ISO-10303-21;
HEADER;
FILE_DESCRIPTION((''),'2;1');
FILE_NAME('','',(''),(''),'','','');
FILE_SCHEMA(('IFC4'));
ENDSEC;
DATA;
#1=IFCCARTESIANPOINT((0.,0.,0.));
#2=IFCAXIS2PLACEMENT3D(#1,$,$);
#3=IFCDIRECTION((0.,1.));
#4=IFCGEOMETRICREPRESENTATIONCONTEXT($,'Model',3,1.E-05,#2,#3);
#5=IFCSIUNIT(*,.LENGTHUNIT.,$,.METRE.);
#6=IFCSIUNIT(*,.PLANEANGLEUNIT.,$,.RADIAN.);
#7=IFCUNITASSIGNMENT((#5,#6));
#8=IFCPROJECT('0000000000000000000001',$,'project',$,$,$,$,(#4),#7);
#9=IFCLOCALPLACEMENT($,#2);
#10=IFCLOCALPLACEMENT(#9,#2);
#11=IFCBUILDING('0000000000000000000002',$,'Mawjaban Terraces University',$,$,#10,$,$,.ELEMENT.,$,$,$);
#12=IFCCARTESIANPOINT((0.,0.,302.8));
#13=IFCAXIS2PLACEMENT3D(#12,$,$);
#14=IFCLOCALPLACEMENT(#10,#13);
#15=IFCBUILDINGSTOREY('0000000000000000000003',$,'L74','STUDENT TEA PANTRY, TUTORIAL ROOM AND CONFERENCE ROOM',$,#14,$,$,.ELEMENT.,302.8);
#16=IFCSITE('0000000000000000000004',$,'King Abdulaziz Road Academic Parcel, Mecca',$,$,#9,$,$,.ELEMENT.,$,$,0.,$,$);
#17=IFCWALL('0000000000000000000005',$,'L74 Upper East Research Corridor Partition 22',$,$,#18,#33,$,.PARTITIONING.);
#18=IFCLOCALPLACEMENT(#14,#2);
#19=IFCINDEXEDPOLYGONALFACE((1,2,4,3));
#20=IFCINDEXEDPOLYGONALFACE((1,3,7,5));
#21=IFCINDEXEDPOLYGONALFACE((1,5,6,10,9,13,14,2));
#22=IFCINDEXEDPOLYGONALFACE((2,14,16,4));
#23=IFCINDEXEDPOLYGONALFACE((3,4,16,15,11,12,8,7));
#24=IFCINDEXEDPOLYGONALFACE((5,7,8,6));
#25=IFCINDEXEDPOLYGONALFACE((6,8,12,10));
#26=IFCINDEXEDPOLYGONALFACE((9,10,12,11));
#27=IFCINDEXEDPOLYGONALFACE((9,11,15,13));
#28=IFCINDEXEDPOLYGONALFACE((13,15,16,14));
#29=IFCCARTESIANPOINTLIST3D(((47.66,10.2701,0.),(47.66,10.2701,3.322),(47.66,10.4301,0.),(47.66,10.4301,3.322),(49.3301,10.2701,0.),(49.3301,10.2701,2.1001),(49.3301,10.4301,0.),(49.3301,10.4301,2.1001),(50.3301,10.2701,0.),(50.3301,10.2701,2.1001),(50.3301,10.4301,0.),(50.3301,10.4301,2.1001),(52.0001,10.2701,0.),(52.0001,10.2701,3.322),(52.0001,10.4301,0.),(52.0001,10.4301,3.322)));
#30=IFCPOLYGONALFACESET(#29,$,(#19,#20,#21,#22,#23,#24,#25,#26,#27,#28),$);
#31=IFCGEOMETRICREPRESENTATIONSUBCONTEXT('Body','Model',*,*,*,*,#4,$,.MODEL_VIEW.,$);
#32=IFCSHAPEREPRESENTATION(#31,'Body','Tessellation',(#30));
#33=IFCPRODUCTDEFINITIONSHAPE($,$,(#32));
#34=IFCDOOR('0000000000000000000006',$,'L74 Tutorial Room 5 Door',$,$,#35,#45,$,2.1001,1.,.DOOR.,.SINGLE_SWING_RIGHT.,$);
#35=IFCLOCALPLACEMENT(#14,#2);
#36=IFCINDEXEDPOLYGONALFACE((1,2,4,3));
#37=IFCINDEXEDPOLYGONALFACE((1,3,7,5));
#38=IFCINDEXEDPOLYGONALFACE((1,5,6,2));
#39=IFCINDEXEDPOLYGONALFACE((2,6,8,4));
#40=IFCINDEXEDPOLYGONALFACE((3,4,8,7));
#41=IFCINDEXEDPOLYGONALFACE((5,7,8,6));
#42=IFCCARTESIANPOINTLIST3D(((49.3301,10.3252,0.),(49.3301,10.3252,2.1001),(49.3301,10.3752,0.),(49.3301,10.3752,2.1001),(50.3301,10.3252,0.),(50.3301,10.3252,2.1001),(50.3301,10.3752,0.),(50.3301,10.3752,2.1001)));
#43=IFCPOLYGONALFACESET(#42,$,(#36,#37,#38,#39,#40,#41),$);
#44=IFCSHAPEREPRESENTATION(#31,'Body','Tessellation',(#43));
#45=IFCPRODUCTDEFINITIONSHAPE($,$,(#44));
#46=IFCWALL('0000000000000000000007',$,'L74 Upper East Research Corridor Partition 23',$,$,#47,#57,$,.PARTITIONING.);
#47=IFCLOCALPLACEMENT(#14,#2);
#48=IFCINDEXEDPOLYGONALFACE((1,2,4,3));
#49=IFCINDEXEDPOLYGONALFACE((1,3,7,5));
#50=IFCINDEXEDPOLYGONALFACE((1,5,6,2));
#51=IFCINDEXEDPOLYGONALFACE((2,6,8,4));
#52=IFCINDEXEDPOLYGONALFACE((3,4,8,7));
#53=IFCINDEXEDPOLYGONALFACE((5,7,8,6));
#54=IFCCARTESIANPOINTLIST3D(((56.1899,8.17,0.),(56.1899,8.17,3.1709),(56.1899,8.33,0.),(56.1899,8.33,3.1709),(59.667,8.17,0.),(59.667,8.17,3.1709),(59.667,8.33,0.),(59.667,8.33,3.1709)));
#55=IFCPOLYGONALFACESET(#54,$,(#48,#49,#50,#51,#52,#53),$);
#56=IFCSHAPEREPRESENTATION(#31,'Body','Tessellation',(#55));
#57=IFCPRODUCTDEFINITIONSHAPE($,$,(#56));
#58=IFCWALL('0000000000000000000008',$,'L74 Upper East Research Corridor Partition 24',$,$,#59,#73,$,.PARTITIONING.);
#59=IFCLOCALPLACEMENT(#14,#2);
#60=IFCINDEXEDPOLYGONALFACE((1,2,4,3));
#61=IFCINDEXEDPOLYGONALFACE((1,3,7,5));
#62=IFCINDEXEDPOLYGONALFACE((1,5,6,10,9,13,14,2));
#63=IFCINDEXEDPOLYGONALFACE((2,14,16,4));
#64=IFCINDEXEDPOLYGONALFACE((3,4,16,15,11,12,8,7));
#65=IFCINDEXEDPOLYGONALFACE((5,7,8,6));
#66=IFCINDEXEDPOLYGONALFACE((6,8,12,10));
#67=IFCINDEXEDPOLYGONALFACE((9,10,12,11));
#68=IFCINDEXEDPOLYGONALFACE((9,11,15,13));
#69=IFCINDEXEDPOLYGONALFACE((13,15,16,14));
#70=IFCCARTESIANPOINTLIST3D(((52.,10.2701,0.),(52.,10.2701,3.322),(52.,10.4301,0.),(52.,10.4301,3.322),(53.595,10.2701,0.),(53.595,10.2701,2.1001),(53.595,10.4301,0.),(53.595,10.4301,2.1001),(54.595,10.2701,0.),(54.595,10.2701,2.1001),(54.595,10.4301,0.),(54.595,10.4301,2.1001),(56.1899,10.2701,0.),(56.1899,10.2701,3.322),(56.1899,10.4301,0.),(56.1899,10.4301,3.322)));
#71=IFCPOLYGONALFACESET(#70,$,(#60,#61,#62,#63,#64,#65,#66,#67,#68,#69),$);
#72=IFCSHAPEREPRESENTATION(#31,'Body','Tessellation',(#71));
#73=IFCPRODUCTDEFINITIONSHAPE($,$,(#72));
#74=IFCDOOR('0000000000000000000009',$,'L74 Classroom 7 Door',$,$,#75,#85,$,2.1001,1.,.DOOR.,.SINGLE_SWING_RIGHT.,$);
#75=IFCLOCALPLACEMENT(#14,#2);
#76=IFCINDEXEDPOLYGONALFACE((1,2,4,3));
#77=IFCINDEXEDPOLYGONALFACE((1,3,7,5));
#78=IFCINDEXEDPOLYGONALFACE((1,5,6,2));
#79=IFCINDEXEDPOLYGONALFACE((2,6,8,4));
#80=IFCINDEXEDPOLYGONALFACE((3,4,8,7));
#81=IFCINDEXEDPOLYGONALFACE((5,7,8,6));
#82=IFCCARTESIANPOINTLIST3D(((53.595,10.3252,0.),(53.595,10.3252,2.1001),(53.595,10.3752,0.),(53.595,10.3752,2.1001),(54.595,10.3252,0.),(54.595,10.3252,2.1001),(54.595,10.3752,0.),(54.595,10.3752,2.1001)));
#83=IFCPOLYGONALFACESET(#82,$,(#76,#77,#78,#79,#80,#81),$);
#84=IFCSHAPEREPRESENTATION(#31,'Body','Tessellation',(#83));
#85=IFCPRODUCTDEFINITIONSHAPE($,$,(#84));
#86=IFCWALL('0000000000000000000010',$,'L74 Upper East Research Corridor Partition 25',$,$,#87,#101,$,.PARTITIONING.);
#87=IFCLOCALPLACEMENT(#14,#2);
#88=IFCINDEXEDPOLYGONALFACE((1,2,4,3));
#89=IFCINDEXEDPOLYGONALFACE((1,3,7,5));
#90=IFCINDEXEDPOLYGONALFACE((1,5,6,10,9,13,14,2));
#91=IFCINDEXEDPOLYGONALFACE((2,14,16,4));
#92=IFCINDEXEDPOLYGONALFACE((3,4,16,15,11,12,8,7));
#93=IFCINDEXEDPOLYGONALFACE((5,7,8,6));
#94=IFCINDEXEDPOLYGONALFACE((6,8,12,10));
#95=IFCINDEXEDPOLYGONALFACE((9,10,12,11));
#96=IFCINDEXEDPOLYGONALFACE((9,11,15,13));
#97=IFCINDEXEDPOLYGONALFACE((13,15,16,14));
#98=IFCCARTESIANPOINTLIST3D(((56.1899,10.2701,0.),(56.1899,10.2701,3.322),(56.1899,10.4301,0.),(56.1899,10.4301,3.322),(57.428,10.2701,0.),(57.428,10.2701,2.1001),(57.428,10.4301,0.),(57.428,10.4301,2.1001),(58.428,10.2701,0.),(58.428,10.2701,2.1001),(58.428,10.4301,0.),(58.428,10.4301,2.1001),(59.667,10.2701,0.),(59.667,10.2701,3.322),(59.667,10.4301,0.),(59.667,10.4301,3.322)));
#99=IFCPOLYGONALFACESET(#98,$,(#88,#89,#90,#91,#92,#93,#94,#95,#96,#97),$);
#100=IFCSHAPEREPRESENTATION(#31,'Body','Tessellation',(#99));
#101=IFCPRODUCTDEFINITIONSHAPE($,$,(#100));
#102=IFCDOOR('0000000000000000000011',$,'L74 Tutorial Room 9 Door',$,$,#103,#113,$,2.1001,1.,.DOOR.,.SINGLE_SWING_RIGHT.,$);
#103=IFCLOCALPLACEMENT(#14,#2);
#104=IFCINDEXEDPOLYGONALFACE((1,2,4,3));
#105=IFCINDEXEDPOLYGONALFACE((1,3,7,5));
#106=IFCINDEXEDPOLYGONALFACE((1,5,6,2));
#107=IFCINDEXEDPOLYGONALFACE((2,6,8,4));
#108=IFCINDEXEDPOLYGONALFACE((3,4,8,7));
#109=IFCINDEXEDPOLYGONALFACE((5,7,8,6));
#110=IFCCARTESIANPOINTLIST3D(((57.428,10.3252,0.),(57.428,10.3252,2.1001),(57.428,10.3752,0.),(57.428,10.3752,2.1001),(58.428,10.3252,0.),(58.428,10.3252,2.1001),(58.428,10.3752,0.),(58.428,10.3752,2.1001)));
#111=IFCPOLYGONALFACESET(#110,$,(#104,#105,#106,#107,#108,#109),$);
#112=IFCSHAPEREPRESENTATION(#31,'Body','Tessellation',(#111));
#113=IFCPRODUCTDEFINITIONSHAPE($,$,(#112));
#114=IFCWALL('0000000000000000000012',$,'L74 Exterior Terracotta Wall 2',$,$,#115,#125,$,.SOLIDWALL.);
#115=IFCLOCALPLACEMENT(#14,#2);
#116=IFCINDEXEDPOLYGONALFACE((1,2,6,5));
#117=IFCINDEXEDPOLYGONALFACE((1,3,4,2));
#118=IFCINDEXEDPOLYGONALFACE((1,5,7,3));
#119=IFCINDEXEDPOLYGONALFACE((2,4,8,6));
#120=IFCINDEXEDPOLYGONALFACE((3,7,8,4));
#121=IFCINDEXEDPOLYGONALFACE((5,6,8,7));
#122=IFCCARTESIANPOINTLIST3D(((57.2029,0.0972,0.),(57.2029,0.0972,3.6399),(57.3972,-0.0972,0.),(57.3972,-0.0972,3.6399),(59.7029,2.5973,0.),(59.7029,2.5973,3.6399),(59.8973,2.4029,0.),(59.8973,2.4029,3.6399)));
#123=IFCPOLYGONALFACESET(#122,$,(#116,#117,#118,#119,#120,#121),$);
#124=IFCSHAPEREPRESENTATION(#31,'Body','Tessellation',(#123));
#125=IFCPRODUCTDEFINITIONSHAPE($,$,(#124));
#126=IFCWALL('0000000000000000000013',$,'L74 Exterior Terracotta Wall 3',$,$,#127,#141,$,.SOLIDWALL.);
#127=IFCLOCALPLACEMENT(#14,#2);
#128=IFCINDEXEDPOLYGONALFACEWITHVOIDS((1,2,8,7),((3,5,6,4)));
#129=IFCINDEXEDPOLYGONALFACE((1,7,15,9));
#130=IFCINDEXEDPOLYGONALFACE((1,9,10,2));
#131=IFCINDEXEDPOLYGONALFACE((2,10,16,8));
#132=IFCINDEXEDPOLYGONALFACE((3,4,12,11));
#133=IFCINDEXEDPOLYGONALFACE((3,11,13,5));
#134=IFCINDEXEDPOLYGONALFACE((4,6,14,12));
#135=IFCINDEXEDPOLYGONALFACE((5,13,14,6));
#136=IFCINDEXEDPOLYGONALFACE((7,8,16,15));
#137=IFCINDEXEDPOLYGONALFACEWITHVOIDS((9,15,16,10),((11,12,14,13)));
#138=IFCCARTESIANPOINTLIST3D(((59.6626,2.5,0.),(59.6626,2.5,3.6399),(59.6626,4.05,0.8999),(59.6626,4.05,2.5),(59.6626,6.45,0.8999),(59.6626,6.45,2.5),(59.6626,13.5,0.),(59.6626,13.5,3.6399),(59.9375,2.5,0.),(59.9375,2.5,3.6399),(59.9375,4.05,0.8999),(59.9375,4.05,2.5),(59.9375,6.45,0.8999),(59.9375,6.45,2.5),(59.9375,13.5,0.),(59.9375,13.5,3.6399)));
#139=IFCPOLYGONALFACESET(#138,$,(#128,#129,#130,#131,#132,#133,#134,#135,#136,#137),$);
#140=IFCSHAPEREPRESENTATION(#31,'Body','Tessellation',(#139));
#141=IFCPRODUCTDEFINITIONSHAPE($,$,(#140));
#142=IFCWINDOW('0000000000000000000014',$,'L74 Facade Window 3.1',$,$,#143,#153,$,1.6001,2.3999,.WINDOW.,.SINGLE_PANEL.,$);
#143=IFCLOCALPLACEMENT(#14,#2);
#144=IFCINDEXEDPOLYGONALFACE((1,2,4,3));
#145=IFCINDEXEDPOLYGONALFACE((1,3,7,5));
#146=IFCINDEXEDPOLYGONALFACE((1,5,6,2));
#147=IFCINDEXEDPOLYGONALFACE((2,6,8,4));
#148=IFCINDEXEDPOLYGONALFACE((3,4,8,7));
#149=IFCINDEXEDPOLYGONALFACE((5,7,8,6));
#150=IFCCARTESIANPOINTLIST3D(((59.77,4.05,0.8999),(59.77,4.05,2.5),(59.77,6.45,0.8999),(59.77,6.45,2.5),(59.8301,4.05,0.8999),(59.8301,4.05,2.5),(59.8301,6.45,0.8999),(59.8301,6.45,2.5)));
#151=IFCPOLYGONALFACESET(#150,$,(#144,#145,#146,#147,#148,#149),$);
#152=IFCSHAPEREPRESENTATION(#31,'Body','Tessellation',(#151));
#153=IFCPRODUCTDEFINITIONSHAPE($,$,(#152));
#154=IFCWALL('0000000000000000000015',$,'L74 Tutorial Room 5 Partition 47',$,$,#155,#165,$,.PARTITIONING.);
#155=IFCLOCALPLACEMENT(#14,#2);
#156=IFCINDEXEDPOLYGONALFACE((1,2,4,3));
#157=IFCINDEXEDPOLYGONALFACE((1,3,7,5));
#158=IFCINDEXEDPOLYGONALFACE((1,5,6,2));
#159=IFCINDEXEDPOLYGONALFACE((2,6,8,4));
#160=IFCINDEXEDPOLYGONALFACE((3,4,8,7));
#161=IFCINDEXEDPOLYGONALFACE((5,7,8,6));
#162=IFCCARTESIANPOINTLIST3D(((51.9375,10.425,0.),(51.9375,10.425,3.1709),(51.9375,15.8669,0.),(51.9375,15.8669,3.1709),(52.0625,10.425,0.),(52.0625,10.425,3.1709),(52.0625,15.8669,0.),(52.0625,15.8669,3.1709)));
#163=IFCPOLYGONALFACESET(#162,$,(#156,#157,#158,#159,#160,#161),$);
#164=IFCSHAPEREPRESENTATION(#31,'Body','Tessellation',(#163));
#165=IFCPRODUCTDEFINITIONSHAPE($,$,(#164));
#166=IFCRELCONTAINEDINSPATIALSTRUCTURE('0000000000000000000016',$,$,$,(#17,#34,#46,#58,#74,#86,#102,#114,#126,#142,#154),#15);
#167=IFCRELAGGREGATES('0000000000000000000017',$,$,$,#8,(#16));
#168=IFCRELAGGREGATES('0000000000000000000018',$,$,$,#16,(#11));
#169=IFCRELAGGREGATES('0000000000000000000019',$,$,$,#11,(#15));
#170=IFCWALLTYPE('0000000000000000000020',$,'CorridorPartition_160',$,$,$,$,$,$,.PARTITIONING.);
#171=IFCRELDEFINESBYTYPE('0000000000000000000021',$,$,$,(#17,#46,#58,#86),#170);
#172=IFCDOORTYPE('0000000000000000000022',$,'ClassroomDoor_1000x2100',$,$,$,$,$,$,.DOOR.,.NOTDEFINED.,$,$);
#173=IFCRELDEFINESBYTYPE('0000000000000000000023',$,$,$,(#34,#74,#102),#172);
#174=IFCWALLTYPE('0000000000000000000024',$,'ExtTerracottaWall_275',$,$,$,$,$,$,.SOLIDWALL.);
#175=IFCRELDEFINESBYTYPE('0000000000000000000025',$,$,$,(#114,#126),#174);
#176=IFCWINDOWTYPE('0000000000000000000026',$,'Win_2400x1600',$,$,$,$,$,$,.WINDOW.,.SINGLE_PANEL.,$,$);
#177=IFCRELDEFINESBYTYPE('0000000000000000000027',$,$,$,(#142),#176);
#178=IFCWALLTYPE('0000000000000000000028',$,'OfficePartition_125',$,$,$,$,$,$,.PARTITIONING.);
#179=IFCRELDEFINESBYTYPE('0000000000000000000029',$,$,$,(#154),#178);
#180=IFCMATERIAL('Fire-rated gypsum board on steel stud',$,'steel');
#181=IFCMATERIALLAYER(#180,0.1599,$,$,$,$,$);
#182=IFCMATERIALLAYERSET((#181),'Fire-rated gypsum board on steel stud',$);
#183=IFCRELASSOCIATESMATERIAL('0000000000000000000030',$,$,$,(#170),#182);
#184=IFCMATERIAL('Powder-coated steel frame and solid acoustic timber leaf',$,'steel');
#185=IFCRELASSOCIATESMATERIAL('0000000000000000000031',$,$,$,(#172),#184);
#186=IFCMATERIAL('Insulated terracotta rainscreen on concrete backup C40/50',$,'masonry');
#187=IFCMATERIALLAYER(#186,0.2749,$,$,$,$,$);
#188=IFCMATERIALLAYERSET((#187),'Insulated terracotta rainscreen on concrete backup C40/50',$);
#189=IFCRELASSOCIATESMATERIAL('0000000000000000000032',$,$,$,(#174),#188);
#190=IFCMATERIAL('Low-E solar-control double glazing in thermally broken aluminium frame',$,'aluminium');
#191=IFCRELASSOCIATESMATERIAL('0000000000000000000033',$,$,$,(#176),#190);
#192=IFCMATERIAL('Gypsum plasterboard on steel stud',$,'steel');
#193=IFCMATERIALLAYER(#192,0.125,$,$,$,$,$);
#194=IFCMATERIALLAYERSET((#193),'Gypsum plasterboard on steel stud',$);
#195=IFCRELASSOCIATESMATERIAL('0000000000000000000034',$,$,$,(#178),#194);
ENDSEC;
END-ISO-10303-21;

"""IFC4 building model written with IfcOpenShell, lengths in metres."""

from ifc_helpers import new_model, si_unit, direction, frame, frame_2d, origin, place, context, subcontext, project, spatial, rectangle, extrude, material, layer, layer_set, type_object, element, fill, save


model = new_model("IFC4")

# Units and contexts
model_context = context("Model", 3, precision=1e-05, world=origin(), true_north=direction((0.0, 1.0)))
body_context = subcontext(model_context, "Body", "Model", "MODEL_VIEW")
ifc_project = project(units=[si_unit("LENGTHUNIT", "METRE"), si_unit("PLANEANGLEUNIT", "RADIAN")], contexts=[model_context])

# Site, building, storey
site_placement = place(None, origin())
site = spatial("IfcSite", under=ifc_project, at=site_placement, Name="King Abdulaziz Road Academic Parcel, Mecca", CompositionType="ELEMENT", RefElevation=0.0)
building_placement = place(site_placement, origin())
building = spatial("IfcBuilding", under=site, at=building_placement, Name="Mawjaban Terraces University", CompositionType="ELEMENT")
storey_placement = place(building_placement, frame((0.0, 0.0, 302.8)))
storey = spatial("IfcBuildingStorey", under=building, at=storey_placement, Name="L74", Description="STUDENT TEA PANTRY, TUTORIAL ROOM AND CONFERENCE ROOM", CompositionType="ELEMENT", Elevation=302.8)

# Wall, opening, door
ifc_material_1 = material(Name="Fire-rated gypsum board on steel stud", Category="steel")
ifc_layer_1 = layer(ifc_material_1, 0.1599)
ifc_layer_set_1 = layer_set([ifc_layer_1], Name="Fire-rated gypsum board on steel stud")
wall_type_1 = type_object("IfcWallType", Name="CorridorPartition_160", PredefinedType="PARTITIONING", material=ifc_layer_set_1)
ifc_material_2 = material(Name="Powder-coated steel frame and solid acoustic timber leaf", Category="steel")
wall_1_placement = place(storey_placement, frame((52.0, 10.3501, 0.0), z_axis=(0.0, 0.0, 1.0), x_axis=(-1.0, 0.0, 0.0)))
wall_1 = element("IfcWall", 1, at=wall_1_placement, inside=storey, type_object=wall_type_1, Name="L74 Upper East Research Corridor Partition 22", PredefinedType="PARTITIONING", context=body_context, shape_type="SweptSolid", body=[
    extrude(rectangle(XDim=4.3401, YDim=0.1599, at=frame_2d((2.1699, 0.0))), origin(), (0.0, 0.0, 1.0), 3.322),
])
opening_1_placement = place(wall_1_placement, frame((1.6699, 0.0, 0.0)))
opening_1 = element("IfcOpeningElement", 2, at=opening_1_placement, cuts=wall_1, PredefinedType="OPENING", context=body_context, shape_type="SweptSolid", body=[
    extrude(rectangle(XDim=1.0, YDim=2.1001, at=frame_2d((0.5, 1.05))), frame((0.0, 0.0898, 0.0), z_axis=(0.0, -1.0, 0.0), x_axis=(1.0, 0.0, 0.0)), (0.0, 0.0, 1.0), 0.1799),
])
door_type_1 = type_object("IfcDoorType", Name="ClassroomDoor_1000x2100", OperationType="NOTDEFINED", PredefinedType="DOOR", material=ifc_material_2)
door_1_placement = place(opening_1_placement, origin())
door_1 = element("IfcDoor", 3, at=door_1_placement, inside=storey, type_object=door_type_1, Name="L74 Tutorial Room 5 Door", OperationType="SINGLE_SWING_RIGHT", OverallHeight=2.1001, OverallWidth=1.0, PredefinedType="DOOR", context=body_context, shape_type="SweptSolid", body=[
    extrude(rectangle(XDim=1.0, YDim=2.1001, at=frame_2d((0.5, 1.05))), frame((0.0, 0.0249, 0.0), z_axis=(0.0, -1.0, 0.0), x_axis=(1.0, 0.0, 0.0)), (0.0, 0.0, 1.0), 0.05),
])
fill(opening_1, door_1)

# Wall
wall_2_placement = place(storey_placement, frame((56.1899, 8.25, 0.0), z_axis=(0.0, 0.0, 1.0), x_axis=(1.0, 0.0, 0.0)))
element("IfcWall", 4, at=wall_2_placement, inside=storey, type_object=wall_type_1, Name="L74 Upper East Research Corridor Partition 23", PredefinedType="PARTITIONING", context=body_context, shape_type="SweptSolid", body=[
    extrude(rectangle(XDim=3.4771, YDim=0.1599, at=frame_2d((1.7385, 0.0))), origin(), (0.0, 0.0, 1.0), 3.1709),
])

# Walls, openings, doors
wall_3_placement = place(storey_placement, frame((56.1899, 10.3501, 0.0), z_axis=(0.0, 0.0, 1.0), x_axis=(-1.0, 0.0, 0.0)))
wall_3 = element("IfcWall", 5, at=wall_3_placement, inside=storey, type_object=wall_type_1, Name="L74 Upper East Research Corridor Partition 24", PredefinedType="PARTITIONING", context=body_context, shape_type="SweptSolid", body=[
    extrude(rectangle(XDim=4.1899, YDim=0.1599, at=frame_2d((2.095, 0.0))), origin(), (0.0, 0.0, 1.0), 3.322),
])
opening_2_placement = place(wall_3_placement, frame((1.595, 0.0, 0.0)))
opening_2 = element("IfcOpeningElement", 6, at=opening_2_placement, cuts=wall_3, PredefinedType="OPENING", context=body_context, shape_type="SweptSolid", body=[
    extrude(rectangle(XDim=1.0, YDim=2.1001, at=frame_2d((0.5, 1.05))), frame((0.0, 0.0898, 0.0), z_axis=(0.0, -1.0, 0.0), x_axis=(1.0, 0.0, 0.0)), (0.0, 0.0, 1.0), 0.1799),
])
door_2_placement = place(opening_2_placement, origin())
door_2 = element("IfcDoor", 7, at=door_2_placement, inside=storey, type_object=door_type_1, Name="L74 Classroom 7 Door", OperationType="SINGLE_SWING_RIGHT", OverallHeight=2.1001, OverallWidth=1.0, PredefinedType="DOOR", context=body_context, shape_type="SweptSolid", body=[
    extrude(rectangle(XDim=1.0, YDim=2.1001, at=frame_2d((0.5, 1.05))), frame((0.0, 0.0249, 0.0), z_axis=(0.0, -1.0, 0.0), x_axis=(1.0, 0.0, 0.0)), (0.0, 0.0, 1.0), 0.05),
])
fill(opening_2, door_2)
wall_4_placement = place(storey_placement, frame((59.667, 10.3501, 0.0), z_axis=(0.0, 0.0, 1.0), x_axis=(-1.0, 0.0, 0.0)))
wall_4 = element("IfcWall", 8, at=wall_4_placement, inside=storey, type_object=wall_type_1, Name="L74 Upper East Research Corridor Partition 25", PredefinedType="PARTITIONING", context=body_context, shape_type="SweptSolid", body=[
    extrude(rectangle(XDim=3.4771, YDim=0.1599, at=frame_2d((1.7385, 0.0))), origin(), (0.0, 0.0, 1.0), 3.322),
])
opening_3_placement = place(wall_4_placement, frame((1.239, 0.0, 0.0)))
opening_3 = element("IfcOpeningElement", 9, at=opening_3_placement, cuts=wall_4, PredefinedType="OPENING", context=body_context, shape_type="SweptSolid", body=[
    extrude(rectangle(XDim=1.0, YDim=2.1001, at=frame_2d((0.5, 1.05))), frame((0.0, 0.0898, 0.0), z_axis=(0.0, -1.0, 0.0), x_axis=(1.0, 0.0, 0.0)), (0.0, 0.0, 1.0), 0.1799),
])
door_3_placement = place(opening_3_placement, origin())
door_3 = element("IfcDoor", 10, at=door_3_placement, inside=storey, type_object=door_type_1, Name="L74 Tutorial Room 9 Door", OperationType="SINGLE_SWING_RIGHT", OverallHeight=2.1001, OverallWidth=1.0, PredefinedType="DOOR", context=body_context, shape_type="SweptSolid", body=[
    extrude(rectangle(XDim=1.0, YDim=2.1001, at=frame_2d((0.5, 1.05))), frame((0.0, 0.0249, 0.0), z_axis=(0.0, -1.0, 0.0), x_axis=(1.0, 0.0, 0.0)), (0.0, 0.0, 1.0), 0.05),
])
fill(opening_3, door_3)

# Wall
ifc_material_3 = material(Name="Insulated terracotta rainscreen on concrete backup C40/50", Category="masonry")
ifc_layer_2 = layer(ifc_material_3, 0.2749)
ifc_layer_set_2 = layer_set([ifc_layer_2], Name="Insulated terracotta rainscreen on concrete backup C40/50")
wall_type_2 = type_object("IfcWallType", Name="ExtTerracottaWall_275", PredefinedType="SOLIDWALL", material=ifc_layer_set_2)
wall_5_placement = place(storey_placement, frame((57.3, 0.0, 0.0), z_axis=(0.0, 0.0, 1.0), x_axis=(0.707107, 0.707107, 0.0)))
element("IfcWall", 11, at=wall_5_placement, inside=storey, type_object=wall_type_2, Name="L74 Exterior Terracotta Wall 2", PredefinedType="SOLIDWALL", context=body_context, shape_type="SweptSolid", body=[
    extrude(rectangle(XDim=3.5356, YDim=0.2749, at=frame_2d((1.7678, 0.0))), origin(), (0.0, 0.0, 1.0), 3.6399),
])

# Wall, opening, window
wall_6_placement = place(storey_placement, frame((59.8, 2.5, 0.0), z_axis=(0.0, 0.0, 1.0), x_axis=(0.0, 1.0, 0.0)))
wall_6 = element("IfcWall", 12, at=wall_6_placement, inside=storey, type_object=wall_type_2, Name="L74 Exterior Terracotta Wall 3", PredefinedType="SOLIDWALL", context=body_context, shape_type="SweptSolid", body=[
    extrude(rectangle(XDim=11.0, YDim=0.2749, at=frame_2d((5.5, 0.0))), origin(), (0.0, 0.0, 1.0), 3.6399),
])
opening_4_placement = place(wall_6_placement, frame((1.55, 0.0, 0.8999)))
opening_4 = element("IfcOpeningElement", 13, at=opening_4_placement, cuts=wall_6, PredefinedType="OPENING", context=body_context, shape_type="SweptSolid", body=[
    extrude(rectangle(XDim=2.3999, YDim=1.6001, at=frame_2d((1.2, 0.8))), frame((0.0, 0.1475, 0.0), z_axis=(0.0, -1.0, 0.0), x_axis=(1.0, 0.0, 0.0)), (0.0, 0.0, 1.0), 0.2949),
])
ifc_material_4 = material(Name="Low-E solar-control double glazing in thermally broken aluminium frame", Category="aluminium")
window_type = type_object("IfcWindowType", Name="Win_2400x1600", PartitioningType="SINGLE_PANEL", PredefinedType="WINDOW", material=ifc_material_4)
window_placement = place(opening_4_placement, origin())
window = element("IfcWindow", 14, at=window_placement, inside=storey, type_object=window_type, Name="L74 Facade Window 3.1", OverallHeight=1.6001, OverallWidth=2.3999, PartitioningType="SINGLE_PANEL", PredefinedType="WINDOW", context=body_context, shape_type="SweptSolid", body=[
    extrude(rectangle(XDim=2.3999, YDim=1.6001, at=frame_2d((1.2, 0.8))), frame((0.0, 0.03, 0.0), z_axis=(0.0, -1.0, 0.0), x_axis=(1.0, 0.0, 0.0)), (0.0, 0.0, 1.0), 0.0601),
])
fill(opening_4, window)

# Wall
ifc_material_5 = material(Name="Gypsum plasterboard on steel stud", Category="steel")
ifc_layer_3 = layer(ifc_material_5, 0.125)
ifc_layer_set_3 = layer_set([ifc_layer_3], Name="Gypsum plasterboard on steel stud")
wall_type_3 = type_object("IfcWallType", Name="OfficePartition_125", PredefinedType="PARTITIONING", material=ifc_layer_set_3)
wall_7_placement = place(storey_placement, frame((52.0, 10.425, 0.0), z_axis=(0.0, 0.0, 1.0), x_axis=(0.0, 1.0, 0.0)))
element("IfcWall", 15, at=wall_7_placement, inside=storey, type_object=wall_type_3, Name="L74 Tutorial Room 5 Partition 47", PredefinedType="PARTITIONING", context=body_context, shape_type="SweptSolid", body=[
    extrude(rectangle(XDim=5.4419, YDim=0.125, at=frame_2d((2.7209, 0.0))), origin(), (0.0, 0.0, 1.0), 3.1709),
])

save(model, "model.ifc")
